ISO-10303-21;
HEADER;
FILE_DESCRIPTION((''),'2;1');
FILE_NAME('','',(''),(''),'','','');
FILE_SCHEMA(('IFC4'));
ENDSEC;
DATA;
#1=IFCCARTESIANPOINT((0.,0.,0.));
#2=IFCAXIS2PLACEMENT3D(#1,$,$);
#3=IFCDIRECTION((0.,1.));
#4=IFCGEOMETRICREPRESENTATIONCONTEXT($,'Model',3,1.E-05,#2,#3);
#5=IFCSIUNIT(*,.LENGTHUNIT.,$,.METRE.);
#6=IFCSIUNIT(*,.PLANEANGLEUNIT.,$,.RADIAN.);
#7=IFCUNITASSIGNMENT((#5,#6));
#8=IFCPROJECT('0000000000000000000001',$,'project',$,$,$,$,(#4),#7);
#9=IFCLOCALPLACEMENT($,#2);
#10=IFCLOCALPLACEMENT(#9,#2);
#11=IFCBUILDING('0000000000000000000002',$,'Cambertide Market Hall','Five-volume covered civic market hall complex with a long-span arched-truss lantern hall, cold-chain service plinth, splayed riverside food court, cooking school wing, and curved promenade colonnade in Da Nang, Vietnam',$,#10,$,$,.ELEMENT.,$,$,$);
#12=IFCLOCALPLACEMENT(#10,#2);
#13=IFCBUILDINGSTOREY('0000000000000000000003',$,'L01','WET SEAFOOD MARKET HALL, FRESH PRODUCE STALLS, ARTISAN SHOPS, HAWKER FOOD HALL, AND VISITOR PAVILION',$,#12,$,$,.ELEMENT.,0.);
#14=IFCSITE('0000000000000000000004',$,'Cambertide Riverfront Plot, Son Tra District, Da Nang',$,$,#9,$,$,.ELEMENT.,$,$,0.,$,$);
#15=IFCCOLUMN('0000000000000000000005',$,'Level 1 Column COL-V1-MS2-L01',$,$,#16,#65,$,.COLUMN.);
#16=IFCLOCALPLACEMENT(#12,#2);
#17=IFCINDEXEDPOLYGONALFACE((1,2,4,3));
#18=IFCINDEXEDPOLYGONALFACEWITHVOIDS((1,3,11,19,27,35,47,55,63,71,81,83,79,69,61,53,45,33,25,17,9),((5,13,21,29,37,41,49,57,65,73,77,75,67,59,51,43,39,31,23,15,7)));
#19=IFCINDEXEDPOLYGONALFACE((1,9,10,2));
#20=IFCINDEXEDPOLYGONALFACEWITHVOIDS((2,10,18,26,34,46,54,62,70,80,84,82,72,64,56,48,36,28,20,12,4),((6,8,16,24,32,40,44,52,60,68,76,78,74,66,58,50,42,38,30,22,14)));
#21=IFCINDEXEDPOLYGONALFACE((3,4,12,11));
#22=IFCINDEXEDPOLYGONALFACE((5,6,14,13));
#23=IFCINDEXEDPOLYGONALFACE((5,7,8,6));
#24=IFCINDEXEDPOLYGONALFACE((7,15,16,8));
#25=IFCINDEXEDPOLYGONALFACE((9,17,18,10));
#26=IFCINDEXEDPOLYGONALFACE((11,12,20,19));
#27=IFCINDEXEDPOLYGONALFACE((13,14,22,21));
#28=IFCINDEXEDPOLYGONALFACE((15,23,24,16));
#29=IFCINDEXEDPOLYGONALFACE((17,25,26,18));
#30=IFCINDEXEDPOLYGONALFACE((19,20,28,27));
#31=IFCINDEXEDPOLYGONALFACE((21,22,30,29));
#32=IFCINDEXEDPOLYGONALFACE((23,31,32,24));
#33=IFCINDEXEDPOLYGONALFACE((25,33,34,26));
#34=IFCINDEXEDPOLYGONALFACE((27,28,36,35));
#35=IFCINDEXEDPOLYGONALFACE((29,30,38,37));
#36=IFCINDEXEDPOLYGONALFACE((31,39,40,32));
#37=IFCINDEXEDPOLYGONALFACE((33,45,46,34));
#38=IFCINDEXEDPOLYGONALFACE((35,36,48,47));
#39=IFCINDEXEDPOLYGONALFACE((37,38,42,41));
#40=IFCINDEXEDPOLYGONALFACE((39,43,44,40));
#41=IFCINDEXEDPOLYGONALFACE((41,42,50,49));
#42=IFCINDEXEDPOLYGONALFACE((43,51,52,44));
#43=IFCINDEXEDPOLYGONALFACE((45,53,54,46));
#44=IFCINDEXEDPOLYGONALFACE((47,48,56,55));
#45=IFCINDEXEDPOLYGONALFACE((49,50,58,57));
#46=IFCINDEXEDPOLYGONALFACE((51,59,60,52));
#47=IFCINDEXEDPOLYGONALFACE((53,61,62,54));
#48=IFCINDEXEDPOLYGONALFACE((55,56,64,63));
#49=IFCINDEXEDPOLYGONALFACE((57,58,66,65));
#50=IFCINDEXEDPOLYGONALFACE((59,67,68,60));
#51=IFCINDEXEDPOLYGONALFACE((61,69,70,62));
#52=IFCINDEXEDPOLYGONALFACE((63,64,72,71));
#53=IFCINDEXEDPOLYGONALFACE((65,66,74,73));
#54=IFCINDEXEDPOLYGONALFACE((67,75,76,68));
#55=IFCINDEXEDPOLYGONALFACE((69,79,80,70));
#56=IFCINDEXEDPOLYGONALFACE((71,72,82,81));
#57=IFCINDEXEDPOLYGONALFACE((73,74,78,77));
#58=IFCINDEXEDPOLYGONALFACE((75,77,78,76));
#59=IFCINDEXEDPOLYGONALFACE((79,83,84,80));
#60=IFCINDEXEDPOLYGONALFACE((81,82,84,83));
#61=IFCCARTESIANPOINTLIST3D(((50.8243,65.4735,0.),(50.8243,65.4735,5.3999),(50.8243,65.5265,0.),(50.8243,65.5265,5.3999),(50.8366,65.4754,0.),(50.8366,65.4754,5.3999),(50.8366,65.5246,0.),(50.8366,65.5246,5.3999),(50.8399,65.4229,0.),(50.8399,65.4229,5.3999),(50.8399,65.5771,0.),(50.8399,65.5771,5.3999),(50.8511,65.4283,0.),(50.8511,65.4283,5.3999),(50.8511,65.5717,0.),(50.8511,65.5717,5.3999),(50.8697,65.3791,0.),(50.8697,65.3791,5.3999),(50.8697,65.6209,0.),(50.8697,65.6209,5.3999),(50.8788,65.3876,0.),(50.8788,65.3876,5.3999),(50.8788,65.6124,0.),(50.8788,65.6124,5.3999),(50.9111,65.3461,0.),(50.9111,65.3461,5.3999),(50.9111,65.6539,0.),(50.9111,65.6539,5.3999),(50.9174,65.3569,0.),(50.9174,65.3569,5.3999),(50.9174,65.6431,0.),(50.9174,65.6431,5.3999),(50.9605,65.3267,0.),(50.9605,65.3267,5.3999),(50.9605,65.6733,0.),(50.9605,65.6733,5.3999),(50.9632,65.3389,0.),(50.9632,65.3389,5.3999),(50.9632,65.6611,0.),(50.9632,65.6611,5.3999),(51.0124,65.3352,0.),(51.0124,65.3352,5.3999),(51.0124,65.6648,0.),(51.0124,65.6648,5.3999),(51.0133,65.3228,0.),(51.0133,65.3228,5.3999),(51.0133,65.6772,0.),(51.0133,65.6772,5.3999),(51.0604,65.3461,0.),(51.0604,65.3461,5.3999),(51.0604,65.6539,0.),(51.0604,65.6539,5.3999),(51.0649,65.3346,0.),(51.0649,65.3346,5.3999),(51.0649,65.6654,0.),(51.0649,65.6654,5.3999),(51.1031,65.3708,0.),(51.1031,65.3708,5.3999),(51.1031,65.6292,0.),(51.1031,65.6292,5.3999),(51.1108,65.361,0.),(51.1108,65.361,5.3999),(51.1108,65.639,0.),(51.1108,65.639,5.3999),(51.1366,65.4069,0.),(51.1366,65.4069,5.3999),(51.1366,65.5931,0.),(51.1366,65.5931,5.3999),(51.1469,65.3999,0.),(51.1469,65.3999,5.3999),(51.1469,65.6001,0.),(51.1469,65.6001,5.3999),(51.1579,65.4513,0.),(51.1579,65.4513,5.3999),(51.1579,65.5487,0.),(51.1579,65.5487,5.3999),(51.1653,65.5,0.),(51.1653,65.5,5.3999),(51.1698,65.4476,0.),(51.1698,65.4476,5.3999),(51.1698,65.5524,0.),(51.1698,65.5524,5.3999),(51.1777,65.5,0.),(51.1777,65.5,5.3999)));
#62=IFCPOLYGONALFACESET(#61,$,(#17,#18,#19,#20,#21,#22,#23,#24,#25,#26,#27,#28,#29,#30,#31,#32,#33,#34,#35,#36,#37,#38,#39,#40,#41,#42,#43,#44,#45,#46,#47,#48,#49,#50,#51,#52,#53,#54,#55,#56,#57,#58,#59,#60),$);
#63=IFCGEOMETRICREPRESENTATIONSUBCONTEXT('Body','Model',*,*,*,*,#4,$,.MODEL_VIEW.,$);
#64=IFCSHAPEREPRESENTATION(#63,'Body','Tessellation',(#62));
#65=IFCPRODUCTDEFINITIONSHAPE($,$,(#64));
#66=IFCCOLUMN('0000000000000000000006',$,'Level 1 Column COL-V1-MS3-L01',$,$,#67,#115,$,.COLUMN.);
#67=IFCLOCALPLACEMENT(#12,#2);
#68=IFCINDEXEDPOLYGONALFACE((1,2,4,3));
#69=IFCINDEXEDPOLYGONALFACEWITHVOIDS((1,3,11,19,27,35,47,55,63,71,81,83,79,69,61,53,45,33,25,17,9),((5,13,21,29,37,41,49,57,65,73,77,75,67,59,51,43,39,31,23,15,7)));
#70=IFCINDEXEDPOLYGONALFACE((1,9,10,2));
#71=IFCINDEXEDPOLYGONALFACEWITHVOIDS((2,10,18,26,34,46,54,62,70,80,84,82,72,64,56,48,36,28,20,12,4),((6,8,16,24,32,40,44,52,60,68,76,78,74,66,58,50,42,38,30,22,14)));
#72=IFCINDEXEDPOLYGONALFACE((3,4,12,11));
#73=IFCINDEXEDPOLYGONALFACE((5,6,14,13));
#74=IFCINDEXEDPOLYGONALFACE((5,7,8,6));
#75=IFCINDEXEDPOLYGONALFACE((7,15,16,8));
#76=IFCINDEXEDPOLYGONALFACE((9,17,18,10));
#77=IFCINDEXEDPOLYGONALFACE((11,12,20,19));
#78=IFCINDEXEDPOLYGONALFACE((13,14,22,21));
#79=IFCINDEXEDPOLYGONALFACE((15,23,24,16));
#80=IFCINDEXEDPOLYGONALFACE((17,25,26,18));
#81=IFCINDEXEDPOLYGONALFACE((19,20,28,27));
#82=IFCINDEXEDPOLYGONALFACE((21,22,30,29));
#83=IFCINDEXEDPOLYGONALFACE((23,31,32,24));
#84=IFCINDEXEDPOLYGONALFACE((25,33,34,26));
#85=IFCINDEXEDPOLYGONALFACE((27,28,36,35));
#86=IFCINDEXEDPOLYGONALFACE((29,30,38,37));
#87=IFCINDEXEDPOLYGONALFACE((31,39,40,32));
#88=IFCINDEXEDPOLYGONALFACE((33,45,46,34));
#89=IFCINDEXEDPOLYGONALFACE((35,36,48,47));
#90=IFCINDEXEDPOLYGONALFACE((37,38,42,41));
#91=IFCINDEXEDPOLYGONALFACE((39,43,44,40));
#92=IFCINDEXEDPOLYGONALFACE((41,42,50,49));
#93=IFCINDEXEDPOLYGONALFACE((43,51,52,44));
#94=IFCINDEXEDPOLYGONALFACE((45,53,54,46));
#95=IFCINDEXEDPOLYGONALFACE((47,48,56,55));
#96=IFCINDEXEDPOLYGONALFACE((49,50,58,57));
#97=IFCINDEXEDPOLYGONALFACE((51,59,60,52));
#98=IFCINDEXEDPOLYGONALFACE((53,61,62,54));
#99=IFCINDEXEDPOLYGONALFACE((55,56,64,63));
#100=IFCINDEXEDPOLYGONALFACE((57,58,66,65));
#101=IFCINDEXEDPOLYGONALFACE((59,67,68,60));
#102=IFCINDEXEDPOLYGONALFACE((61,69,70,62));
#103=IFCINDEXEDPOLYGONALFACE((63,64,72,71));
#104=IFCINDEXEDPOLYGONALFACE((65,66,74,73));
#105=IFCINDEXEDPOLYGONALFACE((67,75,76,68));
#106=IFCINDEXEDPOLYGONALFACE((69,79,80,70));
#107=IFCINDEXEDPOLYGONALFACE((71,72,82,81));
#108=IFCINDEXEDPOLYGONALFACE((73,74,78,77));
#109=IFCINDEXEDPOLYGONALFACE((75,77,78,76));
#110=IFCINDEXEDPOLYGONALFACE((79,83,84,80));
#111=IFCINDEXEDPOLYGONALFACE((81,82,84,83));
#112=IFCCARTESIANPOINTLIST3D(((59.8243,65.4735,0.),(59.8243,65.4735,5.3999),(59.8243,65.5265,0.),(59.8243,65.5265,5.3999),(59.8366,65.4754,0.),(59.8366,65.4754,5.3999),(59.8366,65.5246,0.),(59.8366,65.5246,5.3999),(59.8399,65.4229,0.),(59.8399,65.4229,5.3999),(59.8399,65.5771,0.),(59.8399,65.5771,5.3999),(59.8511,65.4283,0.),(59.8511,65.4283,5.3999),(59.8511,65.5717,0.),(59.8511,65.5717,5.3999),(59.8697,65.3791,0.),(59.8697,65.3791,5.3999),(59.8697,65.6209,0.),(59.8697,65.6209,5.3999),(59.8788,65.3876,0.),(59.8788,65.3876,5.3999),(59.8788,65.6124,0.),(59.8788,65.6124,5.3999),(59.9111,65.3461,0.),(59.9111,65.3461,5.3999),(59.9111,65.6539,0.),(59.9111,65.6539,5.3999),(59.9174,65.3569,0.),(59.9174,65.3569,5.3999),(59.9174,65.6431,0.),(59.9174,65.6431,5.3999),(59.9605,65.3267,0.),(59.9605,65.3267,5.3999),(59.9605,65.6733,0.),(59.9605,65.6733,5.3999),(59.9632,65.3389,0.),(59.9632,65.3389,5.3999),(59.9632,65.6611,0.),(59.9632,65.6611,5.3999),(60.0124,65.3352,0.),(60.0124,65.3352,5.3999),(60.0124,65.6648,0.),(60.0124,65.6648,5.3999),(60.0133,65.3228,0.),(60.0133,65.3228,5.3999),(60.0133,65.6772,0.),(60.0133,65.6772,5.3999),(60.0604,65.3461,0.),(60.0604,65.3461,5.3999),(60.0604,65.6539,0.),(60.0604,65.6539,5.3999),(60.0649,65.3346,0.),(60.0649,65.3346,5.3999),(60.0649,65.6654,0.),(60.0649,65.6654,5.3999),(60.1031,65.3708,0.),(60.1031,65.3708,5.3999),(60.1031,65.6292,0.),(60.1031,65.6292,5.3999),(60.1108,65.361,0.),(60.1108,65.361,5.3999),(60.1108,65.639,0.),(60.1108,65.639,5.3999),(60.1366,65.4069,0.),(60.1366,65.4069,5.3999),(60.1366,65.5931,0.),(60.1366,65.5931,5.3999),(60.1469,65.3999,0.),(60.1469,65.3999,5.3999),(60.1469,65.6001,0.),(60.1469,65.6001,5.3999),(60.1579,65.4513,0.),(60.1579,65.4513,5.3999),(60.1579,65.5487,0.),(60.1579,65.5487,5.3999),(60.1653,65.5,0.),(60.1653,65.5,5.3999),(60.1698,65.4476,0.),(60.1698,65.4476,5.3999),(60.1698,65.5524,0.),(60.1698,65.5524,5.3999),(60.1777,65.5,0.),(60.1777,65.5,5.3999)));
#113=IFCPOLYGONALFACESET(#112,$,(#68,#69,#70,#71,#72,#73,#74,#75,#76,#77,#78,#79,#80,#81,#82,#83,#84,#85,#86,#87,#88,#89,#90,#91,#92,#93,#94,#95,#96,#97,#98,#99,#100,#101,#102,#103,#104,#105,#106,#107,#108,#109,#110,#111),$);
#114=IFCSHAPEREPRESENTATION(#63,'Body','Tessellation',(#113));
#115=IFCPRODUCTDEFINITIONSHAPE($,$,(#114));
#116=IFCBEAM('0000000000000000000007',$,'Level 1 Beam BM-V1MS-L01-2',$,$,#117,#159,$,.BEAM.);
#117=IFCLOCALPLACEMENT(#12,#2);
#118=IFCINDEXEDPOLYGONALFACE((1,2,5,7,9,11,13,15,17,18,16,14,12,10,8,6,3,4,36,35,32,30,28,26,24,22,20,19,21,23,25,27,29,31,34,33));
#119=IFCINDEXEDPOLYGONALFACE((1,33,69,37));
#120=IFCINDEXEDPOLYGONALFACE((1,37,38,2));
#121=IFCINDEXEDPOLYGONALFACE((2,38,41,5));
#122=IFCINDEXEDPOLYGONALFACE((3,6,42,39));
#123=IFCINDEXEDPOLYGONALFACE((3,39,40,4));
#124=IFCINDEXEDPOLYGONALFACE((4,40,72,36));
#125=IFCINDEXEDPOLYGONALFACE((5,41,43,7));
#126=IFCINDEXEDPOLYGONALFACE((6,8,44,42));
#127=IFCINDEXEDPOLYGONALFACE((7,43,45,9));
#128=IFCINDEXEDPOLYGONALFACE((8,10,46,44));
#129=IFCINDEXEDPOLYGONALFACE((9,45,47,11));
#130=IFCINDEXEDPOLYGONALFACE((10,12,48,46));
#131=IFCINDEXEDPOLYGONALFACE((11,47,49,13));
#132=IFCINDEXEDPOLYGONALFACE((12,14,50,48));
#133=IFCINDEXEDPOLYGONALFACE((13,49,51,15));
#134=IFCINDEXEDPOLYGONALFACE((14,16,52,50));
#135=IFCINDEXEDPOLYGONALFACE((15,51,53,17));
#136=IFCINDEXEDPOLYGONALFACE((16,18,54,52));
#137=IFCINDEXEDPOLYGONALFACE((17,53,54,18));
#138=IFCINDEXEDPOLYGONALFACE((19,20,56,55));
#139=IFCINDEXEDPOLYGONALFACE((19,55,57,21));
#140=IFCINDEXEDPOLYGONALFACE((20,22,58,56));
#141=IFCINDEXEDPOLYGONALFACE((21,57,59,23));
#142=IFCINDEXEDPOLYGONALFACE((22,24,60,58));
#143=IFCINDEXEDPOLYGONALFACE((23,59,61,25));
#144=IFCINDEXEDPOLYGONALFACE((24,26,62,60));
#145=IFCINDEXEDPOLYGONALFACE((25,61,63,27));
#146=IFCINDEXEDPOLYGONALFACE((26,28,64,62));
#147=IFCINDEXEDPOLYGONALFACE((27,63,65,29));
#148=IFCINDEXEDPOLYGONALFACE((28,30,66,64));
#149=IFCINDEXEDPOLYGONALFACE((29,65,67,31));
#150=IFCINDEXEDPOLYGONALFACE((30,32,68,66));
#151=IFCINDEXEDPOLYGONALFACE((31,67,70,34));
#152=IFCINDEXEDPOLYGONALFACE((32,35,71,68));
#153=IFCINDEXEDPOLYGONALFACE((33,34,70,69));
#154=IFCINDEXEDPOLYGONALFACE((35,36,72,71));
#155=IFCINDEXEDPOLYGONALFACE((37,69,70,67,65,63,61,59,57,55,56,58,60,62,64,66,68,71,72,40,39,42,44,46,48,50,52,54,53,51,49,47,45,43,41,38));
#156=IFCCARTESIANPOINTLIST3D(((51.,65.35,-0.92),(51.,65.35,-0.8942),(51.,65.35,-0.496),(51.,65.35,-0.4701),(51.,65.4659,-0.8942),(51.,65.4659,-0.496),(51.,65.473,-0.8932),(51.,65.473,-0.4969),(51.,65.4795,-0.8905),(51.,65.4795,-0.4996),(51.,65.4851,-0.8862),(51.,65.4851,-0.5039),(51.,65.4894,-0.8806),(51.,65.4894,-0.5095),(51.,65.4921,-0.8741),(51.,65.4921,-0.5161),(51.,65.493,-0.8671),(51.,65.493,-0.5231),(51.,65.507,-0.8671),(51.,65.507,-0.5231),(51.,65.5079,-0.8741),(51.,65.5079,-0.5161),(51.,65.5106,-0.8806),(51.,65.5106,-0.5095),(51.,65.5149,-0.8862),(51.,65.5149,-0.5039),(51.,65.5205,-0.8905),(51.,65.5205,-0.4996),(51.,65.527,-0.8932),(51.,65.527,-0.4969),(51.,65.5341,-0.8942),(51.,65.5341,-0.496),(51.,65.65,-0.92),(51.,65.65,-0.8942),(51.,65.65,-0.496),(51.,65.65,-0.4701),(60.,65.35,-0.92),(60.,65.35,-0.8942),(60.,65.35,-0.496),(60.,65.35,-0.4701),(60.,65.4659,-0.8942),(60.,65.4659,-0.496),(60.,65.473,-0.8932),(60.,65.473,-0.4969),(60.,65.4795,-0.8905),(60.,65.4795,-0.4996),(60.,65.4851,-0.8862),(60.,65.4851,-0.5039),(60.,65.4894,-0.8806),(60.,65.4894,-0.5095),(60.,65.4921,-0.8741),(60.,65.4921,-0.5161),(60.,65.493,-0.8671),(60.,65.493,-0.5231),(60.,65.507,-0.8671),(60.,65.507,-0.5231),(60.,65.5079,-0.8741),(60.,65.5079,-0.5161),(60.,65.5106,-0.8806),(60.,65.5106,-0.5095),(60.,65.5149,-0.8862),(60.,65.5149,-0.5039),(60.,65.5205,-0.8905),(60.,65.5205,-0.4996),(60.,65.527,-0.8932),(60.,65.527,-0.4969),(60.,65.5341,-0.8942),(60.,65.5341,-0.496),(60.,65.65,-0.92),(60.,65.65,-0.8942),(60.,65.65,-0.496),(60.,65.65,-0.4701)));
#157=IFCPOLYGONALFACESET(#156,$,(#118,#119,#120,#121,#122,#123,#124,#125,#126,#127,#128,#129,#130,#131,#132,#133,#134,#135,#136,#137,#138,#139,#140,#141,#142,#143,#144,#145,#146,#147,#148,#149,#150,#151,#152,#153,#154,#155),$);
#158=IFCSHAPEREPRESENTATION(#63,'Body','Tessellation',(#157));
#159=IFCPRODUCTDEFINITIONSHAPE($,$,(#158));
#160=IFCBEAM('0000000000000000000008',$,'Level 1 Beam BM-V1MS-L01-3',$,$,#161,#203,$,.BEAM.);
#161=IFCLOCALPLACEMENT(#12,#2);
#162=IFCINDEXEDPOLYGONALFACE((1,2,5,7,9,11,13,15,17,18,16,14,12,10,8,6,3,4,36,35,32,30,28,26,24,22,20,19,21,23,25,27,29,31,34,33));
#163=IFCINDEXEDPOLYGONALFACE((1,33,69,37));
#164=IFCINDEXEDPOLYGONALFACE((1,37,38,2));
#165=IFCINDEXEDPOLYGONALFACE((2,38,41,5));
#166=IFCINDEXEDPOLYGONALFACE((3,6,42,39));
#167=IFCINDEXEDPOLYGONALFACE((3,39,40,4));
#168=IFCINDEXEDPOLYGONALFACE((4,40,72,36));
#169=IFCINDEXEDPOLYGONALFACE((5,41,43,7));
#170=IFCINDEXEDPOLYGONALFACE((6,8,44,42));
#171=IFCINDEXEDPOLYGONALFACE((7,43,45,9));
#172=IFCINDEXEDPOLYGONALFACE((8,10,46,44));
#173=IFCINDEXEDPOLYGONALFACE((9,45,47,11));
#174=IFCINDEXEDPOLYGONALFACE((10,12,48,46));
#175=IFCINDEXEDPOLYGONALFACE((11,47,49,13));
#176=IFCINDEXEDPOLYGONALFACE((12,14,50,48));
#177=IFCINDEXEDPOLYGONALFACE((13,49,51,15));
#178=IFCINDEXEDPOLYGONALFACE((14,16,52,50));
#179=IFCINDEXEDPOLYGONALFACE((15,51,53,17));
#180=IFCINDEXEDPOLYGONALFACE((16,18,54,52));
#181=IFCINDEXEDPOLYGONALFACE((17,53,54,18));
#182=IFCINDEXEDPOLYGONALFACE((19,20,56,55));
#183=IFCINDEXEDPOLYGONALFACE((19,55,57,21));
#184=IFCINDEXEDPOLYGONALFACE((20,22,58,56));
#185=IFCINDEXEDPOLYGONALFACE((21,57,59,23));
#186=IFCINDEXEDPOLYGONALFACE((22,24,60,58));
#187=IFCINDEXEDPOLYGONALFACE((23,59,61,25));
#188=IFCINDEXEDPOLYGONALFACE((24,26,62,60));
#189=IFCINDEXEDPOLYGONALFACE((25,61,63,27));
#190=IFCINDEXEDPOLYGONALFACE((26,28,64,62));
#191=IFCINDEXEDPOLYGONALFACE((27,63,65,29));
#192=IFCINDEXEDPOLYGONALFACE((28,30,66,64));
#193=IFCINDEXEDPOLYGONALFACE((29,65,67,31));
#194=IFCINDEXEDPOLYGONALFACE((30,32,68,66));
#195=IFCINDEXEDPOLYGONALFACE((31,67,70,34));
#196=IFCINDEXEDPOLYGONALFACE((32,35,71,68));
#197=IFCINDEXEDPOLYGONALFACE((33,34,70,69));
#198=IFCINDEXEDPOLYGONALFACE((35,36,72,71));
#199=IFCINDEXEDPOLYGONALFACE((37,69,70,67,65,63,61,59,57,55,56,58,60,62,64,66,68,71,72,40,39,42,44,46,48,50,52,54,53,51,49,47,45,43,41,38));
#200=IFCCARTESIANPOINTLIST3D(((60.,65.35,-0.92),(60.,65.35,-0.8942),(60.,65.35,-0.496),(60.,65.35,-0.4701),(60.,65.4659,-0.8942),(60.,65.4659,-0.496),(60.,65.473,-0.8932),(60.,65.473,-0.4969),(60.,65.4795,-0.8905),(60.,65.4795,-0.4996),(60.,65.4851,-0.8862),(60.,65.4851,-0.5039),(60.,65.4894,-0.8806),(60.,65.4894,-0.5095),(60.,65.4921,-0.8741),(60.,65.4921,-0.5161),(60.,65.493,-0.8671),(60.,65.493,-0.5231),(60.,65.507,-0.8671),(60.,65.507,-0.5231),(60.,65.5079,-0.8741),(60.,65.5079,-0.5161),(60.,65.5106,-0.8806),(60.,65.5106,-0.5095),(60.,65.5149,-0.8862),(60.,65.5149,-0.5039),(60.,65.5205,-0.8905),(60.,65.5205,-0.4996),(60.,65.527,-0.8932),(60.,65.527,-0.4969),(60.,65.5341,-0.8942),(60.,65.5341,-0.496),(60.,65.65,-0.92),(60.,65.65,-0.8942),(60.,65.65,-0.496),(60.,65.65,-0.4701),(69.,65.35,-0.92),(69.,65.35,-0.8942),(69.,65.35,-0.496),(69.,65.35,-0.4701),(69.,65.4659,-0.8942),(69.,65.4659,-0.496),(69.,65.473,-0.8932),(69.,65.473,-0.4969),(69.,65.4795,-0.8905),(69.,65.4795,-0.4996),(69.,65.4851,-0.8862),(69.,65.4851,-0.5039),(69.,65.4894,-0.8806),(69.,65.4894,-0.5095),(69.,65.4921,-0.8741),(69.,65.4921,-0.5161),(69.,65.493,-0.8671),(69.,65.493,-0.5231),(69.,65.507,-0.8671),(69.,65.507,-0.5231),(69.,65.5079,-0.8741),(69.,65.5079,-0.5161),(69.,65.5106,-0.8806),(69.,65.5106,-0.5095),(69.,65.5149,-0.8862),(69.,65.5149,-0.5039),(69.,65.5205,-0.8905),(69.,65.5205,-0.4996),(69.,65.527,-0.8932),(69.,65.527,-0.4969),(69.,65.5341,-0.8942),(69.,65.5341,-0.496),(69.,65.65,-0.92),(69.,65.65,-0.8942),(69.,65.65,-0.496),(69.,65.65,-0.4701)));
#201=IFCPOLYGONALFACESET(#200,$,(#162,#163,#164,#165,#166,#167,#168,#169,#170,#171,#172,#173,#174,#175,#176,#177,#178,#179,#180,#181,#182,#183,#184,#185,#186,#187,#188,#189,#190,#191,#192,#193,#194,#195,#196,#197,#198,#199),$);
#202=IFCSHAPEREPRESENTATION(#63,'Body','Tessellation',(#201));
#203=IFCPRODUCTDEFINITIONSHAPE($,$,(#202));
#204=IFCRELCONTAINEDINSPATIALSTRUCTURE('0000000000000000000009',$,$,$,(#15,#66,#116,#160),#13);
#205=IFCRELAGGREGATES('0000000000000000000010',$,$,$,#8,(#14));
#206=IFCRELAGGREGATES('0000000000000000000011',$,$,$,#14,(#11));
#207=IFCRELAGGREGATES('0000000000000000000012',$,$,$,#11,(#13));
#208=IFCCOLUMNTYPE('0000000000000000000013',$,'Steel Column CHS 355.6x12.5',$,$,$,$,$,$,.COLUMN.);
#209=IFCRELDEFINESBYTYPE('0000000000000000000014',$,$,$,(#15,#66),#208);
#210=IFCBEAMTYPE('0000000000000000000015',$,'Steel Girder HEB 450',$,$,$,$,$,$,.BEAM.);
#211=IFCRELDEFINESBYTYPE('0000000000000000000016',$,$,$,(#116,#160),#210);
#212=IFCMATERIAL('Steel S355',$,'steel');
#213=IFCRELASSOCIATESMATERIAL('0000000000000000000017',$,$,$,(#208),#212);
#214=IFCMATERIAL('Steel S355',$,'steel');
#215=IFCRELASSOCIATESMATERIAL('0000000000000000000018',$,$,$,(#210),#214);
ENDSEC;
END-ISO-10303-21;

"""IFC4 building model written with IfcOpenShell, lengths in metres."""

from ifc_helpers import new_model, si_unit, direction, frame, origin, origin_2d, place, context, subcontext, project, spatial, hollow_circle, i_section, extrude, material, material_profile, profile_set, type_object, element, save


model = new_model("IFC4")

# Units and contexts
model_context = context("Model", 3, precision=1e-05, world=origin(), true_north=direction((0.0, 1.0)))
body_context = subcontext(model_context, "Body", "Model", "MODEL_VIEW")
ifc_project = project(units=[si_unit("LENGTHUNIT", "METRE"), si_unit("PLANEANGLEUNIT", "RADIAN")], contexts=[model_context])

# Site, building, storey
site_placement = place(None, origin())
site = spatial("IfcSite", under=ifc_project, at=site_placement, Name="Cambertide Riverfront Plot, Son Tra District, Da Nang", CompositionType="ELEMENT", RefElevation=0.0)
building_placement = place(site_placement, origin())
building = spatial("IfcBuilding", under=site, at=building_placement, Name="Cambertide Market Hall", Description="Five-volume covered civic market hall complex with a long-span arched-truss lantern hall, cold-chain service plinth, splayed riverside food court, cooking school wing, and curved promenade colonnade in Da Nang, Vietnam", CompositionType="ELEMENT")
storey_placement = place(building_placement, origin())
storey = spatial("IfcBuildingStorey", under=building, at=storey_placement, Name="L01", Description="WET SEAFOOD MARKET HALL, FRESH PRODUCE STALLS, ARTISAN SHOPS, HAWKER FOOD HALL, AND VISITOR PAVILION", CompositionType="ELEMENT", Elevation=0.0)

# Columns
ifc_material_1 = material(Name="Steel S355", Category="steel")
ifc_material_profile_1 = material_profile(ifc_material_1, hollow_circle(Radius=0.1777, WallThickness=0.0125, at=origin_2d()), Name="CHS 355.6x12.5")
ifc_profile_set_1 = profile_set([ifc_material_profile_1], Name="Steel S355")
column_type_1 = type_object("IfcColumnType", Name="Steel Column CHS 355.6x12.5", PredefinedType="COLUMN", material=ifc_profile_set_1)
for number, where, z_axis, x_axis, name in (
    (1, (51.0, 65.5, 0.0), (0.0, 0.0, 1.0), (1.0, 0.0, 0.0), "Level 1 Column COL-V1-MS2-L01"),
    (2, (60.0, 65.5, 0.0), (0.0, 0.0, 1.0), (1.0, 0.0, 0.0), "Level 1 Column COL-V1-MS3-L01"),
):
    element("IfcColumn", number, at=place(storey_placement, frame(where, z_axis=z_axis, x_axis=x_axis)), inside=storey, type_object=column_type_1, Name=name, PredefinedType="COLUMN", context=body_context, shape_type="SweptSolid", body=[
        extrude(hollow_circle(Radius=0.1777, WallThickness=0.0125, at=origin_2d()), origin(), (0.0, 0.0, 1.0), 5.3999),
    ])

# Beams
ifc_material_2 = material(Name="Steel S355", Category="steel")
ifc_material_profile_2 = material_profile(ifc_material_2, i_section(OverallWidth=0.3, OverallDepth=0.45, WebThickness=0.0139, FlangeThickness=0.0259, FilletRadius=0.0271, at=origin_2d()), Name="HEB 450")
ifc_profile_set_2 = profile_set([ifc_material_profile_2], Name="Steel S355")
beam_type_1 = type_object("IfcBeamType", Name="Steel Girder HEB 450", PredefinedType="BEAM", material=ifc_profile_set_2)
for number, where, z_axis, x_axis, name in (
    (3, (51.0, 65.5, -0.6951), (1.0, 0.0, 0.0), (0.0, 1.0, 0.0), "Level 1 Beam BM-V1MS-L01-2"),
    (4, (60.0, 65.5, -0.6951), (1.0, 0.0, 0.0), (0.0, 1.0, 0.0), "Level 1 Beam BM-V1MS-L01-3"),
):
    element("IfcBeam", number, at=place(storey_placement, frame(where, z_axis=z_axis, x_axis=x_axis)), inside=storey, type_object=beam_type_1, Name=name, PredefinedType="BEAM", context=body_context, shape_type="SweptSolid", body=[
        extrude(i_section(OverallWidth=0.3, OverallDepth=0.45, WebThickness=0.0139, FlangeThickness=0.0259, FilletRadius=0.0271, at=origin_2d()), origin(), (0.0, 0.0, 1.0), 9.0),
    ])

save(model, "model.ifc")
